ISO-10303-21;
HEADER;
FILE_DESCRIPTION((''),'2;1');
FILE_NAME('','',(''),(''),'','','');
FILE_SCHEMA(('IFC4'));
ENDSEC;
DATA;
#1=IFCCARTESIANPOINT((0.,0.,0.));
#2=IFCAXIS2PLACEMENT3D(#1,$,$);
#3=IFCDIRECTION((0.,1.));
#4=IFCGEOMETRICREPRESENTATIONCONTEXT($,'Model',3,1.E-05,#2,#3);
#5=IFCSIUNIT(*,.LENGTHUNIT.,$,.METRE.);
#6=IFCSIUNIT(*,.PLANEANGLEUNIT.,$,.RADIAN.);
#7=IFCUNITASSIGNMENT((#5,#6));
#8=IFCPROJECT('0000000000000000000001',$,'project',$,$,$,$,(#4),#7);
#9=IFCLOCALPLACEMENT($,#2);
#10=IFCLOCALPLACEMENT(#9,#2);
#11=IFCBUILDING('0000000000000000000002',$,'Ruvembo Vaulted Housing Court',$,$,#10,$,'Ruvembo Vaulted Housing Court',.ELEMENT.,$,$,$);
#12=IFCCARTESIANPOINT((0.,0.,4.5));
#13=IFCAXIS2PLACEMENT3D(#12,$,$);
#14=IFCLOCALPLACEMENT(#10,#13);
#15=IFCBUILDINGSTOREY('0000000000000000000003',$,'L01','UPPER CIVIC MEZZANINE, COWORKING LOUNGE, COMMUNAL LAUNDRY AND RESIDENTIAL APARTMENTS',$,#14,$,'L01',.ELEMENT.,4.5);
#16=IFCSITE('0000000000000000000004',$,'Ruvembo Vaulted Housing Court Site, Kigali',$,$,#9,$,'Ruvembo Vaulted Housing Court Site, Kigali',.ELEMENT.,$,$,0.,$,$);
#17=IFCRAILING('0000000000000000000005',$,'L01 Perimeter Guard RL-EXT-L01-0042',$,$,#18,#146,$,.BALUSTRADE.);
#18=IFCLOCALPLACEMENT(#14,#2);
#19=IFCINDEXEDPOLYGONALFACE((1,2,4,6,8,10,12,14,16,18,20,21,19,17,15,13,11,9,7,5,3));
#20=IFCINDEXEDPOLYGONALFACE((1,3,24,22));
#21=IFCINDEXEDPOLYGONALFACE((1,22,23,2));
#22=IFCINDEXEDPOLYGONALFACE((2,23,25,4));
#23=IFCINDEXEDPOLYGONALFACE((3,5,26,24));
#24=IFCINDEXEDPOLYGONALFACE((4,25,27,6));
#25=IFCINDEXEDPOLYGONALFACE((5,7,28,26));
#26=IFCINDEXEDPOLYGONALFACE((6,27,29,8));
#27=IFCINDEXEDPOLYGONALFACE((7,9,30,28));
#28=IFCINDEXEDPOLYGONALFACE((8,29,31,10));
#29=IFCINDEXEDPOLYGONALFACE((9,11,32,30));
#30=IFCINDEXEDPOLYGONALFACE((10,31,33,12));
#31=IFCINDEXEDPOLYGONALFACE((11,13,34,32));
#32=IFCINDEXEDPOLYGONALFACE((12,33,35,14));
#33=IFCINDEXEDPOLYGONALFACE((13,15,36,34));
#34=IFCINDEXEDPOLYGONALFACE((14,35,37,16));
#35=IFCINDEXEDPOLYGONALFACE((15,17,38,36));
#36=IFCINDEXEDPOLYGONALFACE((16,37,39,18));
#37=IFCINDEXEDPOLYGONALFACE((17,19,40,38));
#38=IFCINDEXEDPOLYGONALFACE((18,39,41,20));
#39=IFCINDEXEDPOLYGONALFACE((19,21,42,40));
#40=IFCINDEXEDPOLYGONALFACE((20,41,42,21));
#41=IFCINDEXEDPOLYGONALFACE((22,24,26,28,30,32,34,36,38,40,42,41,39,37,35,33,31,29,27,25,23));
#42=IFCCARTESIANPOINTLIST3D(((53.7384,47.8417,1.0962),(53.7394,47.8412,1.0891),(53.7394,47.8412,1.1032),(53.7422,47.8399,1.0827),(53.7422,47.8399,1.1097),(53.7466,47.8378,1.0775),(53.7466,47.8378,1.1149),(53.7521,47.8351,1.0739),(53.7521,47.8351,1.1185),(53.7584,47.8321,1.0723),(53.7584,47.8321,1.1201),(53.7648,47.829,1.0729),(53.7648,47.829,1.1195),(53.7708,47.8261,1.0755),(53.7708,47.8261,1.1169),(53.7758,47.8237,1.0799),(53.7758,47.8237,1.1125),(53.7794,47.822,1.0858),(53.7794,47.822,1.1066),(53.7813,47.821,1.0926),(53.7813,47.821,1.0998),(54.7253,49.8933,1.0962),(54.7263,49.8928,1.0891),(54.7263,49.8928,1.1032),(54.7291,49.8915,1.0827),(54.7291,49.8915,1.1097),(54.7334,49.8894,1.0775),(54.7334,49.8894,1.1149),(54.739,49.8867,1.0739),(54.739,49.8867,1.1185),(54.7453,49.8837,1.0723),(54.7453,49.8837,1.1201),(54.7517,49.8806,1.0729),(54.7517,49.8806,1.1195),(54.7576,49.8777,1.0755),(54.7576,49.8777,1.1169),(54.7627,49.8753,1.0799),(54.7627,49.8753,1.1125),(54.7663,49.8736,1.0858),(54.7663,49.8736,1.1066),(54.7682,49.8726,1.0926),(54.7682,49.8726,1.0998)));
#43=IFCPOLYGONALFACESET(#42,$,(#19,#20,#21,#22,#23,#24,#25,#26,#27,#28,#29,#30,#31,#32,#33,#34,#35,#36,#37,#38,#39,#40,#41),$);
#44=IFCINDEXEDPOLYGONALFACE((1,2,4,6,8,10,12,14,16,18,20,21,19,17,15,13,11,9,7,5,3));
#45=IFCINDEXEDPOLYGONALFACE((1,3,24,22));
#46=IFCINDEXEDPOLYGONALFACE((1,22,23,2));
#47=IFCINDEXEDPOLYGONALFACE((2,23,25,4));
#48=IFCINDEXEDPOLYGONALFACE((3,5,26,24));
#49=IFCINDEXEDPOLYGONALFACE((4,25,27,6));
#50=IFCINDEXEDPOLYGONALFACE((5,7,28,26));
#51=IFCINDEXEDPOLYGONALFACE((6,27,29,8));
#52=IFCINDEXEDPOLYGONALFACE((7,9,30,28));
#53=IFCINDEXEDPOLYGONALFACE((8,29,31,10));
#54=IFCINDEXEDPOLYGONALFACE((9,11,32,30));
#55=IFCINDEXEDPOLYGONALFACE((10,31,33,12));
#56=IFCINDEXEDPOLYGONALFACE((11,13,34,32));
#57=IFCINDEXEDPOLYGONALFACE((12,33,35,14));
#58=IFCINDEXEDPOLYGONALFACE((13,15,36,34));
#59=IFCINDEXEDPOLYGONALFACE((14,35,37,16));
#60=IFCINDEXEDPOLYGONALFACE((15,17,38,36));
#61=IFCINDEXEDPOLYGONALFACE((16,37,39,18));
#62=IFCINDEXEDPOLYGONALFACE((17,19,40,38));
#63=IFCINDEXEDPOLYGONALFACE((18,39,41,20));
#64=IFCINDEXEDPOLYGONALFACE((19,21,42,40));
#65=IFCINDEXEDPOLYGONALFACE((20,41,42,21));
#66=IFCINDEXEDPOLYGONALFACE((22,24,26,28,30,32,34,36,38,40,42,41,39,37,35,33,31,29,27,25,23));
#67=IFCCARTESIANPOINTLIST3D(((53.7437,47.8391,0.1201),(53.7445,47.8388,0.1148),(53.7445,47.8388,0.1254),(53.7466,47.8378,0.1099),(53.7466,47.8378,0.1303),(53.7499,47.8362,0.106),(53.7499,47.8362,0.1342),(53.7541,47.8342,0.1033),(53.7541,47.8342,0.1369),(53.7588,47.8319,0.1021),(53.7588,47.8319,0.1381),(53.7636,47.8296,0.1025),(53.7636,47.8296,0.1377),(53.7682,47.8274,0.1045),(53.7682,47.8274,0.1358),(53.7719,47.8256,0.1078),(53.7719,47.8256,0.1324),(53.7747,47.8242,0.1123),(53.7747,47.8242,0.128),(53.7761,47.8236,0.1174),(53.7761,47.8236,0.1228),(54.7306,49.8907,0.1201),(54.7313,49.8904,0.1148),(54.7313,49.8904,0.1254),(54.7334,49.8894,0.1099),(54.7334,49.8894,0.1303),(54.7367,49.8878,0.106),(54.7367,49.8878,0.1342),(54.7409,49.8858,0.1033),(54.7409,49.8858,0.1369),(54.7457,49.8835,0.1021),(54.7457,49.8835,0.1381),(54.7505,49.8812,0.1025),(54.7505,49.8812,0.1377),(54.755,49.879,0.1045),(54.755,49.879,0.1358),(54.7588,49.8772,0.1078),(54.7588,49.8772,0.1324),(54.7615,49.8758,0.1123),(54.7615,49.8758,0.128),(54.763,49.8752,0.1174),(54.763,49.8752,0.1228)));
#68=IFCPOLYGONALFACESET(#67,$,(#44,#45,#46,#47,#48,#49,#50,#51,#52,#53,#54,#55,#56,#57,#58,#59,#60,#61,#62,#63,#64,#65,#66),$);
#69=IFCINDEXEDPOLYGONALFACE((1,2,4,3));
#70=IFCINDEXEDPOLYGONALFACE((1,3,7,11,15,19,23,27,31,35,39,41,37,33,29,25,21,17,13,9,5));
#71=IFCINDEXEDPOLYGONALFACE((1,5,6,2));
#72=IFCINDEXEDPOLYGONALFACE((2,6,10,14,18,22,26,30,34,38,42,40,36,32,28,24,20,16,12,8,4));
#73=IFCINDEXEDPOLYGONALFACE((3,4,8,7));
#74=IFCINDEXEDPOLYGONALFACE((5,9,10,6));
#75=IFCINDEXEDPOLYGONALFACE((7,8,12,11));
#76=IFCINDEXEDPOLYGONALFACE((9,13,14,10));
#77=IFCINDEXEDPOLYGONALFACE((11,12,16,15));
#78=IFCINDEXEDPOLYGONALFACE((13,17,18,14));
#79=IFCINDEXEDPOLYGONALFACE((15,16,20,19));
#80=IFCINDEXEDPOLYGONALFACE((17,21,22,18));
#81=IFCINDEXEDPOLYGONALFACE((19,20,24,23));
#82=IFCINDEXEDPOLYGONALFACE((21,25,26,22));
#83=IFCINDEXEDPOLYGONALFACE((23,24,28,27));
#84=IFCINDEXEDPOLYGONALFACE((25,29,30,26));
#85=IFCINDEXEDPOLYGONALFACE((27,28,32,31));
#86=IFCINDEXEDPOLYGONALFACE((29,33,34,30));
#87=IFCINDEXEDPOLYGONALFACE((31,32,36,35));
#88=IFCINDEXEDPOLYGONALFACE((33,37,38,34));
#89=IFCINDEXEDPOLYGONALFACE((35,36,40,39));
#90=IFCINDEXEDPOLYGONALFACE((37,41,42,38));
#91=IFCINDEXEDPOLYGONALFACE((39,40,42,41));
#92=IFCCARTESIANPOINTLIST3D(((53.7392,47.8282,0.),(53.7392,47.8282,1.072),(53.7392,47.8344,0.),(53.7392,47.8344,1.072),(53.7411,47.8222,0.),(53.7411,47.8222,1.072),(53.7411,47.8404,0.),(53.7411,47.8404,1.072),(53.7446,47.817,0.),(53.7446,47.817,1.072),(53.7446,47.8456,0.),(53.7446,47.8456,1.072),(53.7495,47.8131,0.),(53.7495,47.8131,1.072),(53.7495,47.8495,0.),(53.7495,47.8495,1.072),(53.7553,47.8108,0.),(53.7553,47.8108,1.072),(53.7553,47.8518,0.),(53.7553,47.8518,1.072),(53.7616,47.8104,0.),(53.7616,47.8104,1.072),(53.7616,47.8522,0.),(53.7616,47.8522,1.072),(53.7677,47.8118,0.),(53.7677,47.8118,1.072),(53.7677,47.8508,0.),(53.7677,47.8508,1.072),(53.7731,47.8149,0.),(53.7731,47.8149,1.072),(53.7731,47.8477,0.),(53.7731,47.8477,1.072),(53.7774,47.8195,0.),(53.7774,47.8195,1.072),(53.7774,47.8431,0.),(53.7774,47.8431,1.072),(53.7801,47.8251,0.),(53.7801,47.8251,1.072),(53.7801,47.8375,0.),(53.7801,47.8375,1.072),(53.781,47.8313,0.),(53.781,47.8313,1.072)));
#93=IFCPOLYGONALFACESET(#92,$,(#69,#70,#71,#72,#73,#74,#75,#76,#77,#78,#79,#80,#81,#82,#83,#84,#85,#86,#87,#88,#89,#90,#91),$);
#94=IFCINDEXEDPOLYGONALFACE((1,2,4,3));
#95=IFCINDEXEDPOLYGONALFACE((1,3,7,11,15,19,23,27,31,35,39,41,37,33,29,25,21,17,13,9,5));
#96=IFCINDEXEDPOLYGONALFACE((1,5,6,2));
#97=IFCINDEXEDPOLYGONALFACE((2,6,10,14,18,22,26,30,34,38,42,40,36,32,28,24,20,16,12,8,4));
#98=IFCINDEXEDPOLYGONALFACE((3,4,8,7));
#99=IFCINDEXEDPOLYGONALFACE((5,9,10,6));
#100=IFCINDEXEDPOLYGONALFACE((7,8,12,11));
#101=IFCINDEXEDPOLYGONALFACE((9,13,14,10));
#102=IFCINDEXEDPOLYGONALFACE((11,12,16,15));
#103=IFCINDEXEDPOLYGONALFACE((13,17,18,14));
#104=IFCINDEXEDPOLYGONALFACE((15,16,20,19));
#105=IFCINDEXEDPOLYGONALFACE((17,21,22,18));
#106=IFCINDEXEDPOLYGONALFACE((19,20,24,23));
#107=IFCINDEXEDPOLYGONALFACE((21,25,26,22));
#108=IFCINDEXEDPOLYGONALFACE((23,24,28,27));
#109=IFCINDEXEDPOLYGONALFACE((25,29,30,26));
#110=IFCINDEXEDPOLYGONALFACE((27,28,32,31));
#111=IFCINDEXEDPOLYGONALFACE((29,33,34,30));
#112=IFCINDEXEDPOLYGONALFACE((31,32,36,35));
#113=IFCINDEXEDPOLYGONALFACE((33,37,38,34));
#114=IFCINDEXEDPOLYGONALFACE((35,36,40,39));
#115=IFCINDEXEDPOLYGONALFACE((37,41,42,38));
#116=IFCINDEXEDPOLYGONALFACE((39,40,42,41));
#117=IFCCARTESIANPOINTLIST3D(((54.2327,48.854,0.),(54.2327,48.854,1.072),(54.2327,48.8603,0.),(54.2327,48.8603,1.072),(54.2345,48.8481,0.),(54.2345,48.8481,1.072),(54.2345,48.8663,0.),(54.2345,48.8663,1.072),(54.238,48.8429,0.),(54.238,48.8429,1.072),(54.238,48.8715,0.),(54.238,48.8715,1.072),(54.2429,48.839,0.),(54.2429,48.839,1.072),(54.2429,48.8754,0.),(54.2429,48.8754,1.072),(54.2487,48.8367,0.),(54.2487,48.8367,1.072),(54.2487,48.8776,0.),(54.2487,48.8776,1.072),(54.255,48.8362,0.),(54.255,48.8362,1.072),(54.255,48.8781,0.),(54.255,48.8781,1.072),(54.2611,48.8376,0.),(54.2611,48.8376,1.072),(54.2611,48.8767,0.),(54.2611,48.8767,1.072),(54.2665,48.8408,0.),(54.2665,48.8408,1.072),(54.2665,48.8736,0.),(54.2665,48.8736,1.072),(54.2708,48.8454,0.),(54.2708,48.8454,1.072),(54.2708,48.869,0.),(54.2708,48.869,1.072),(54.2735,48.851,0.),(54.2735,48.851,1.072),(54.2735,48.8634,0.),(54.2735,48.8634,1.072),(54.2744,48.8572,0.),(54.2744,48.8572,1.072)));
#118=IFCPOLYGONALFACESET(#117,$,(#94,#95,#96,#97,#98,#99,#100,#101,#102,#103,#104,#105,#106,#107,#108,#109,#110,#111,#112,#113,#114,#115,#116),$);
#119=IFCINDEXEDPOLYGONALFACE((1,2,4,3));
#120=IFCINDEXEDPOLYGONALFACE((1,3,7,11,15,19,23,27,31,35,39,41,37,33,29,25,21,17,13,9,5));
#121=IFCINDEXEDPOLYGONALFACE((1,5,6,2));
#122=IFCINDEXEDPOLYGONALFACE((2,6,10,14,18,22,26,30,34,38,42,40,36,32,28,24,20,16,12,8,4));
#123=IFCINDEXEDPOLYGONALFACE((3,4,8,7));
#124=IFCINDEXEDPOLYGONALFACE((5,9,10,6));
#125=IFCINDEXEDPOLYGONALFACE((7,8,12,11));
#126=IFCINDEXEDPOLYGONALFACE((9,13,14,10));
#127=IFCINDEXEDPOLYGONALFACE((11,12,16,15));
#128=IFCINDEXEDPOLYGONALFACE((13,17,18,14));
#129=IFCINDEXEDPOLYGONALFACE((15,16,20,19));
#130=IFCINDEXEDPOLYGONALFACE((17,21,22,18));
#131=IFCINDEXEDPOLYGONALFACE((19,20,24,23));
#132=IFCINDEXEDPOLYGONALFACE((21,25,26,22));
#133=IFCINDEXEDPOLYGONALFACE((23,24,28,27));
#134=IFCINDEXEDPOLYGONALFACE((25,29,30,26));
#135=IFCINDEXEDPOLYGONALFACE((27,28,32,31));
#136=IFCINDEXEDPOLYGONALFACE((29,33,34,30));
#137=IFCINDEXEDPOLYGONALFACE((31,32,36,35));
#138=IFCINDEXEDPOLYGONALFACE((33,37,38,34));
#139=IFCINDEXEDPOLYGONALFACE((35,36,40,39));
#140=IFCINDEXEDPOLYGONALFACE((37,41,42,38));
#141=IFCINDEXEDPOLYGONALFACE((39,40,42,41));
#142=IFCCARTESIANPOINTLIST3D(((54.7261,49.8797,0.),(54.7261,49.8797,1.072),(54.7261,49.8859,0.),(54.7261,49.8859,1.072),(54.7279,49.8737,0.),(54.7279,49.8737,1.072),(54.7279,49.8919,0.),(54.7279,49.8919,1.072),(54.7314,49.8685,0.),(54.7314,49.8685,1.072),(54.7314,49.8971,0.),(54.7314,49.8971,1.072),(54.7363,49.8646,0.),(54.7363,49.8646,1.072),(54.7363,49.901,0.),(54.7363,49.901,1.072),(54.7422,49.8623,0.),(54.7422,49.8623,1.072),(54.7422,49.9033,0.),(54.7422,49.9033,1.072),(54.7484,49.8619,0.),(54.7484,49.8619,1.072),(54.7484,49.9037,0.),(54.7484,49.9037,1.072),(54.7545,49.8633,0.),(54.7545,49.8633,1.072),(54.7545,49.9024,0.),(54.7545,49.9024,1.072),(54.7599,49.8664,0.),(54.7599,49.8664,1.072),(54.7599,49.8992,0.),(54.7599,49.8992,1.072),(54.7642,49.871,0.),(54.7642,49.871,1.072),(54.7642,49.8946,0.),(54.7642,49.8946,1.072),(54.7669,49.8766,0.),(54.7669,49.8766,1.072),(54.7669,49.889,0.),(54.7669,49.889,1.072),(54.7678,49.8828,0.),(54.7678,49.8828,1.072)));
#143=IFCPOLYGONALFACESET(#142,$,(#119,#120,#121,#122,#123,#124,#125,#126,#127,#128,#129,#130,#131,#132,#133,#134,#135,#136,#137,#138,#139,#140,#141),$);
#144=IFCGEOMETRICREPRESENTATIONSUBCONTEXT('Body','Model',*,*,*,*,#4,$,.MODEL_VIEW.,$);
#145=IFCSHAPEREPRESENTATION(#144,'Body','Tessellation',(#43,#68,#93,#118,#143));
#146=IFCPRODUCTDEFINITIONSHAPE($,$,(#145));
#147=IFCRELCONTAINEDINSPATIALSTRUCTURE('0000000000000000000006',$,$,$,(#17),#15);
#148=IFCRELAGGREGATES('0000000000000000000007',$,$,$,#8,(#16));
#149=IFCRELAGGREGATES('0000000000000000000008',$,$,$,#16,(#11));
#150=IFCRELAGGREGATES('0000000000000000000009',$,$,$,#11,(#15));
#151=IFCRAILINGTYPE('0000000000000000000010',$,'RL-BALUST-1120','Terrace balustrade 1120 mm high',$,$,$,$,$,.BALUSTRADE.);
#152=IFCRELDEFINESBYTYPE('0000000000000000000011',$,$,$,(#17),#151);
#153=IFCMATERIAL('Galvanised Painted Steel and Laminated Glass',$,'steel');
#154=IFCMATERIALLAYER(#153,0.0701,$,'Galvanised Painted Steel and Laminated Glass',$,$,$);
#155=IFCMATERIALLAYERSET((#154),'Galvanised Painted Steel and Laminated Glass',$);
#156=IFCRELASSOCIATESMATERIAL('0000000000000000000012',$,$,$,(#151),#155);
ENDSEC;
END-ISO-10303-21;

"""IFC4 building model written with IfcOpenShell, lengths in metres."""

from ifc_helpers import new_model, si_unit, direction, frame, origin, origin_2d, place, context, subcontext, project, spatial, circle, extrude, material, layer, layer_set, type_object, element, save


model = new_model("IFC4")

# Units and contexts
model_context = context("Model", 3, precision=1e-05, world=origin(), true_north=direction((0.0, 1.0)))
body_context = subcontext(model_context, "Body", "Model", "MODEL_VIEW")
ifc_project = project(units=[si_unit("LENGTHUNIT", "METRE"), si_unit("PLANEANGLEUNIT", "RADIAN")], contexts=[model_context])

# Site, building, storey
site_placement = place(None, origin())
site = spatial("IfcSite", under=ifc_project, at=site_placement, Name="Ruvembo Vaulted Housing Court Site, Kigali", LongName="Ruvembo Vaulted Housing Court Site, Kigali", CompositionType="ELEMENT", RefElevation=0.0)
building_placement = place(site_placement, origin())
building = spatial("IfcBuilding", under=site, at=building_placement, Name="Ruvembo Vaulted Housing Court", LongName="Ruvembo Vaulted Housing Court", CompositionType="ELEMENT")
storey_placement = place(building_placement, frame((0.0, 0.0, 4.5)))
storey = spatial("IfcBuildingStorey", under=building, at=storey_placement, Name="L01", Description="UPPER CIVIC MEZZANINE, COWORKING LOUNGE, COMMUNAL LAUNDRY AND RESIDENTIAL APARTMENTS", LongName="L01", CompositionType="ELEMENT", Elevation=4.5)

# Railing
ifc_material_1 = material(Name="Galvanised Painted Steel and Laminated Glass", Category="steel")
ifc_layer_1 = layer(ifc_material_1, 0.0701, Name="Galvanised Painted Steel and Laminated Glass")
ifc_layer_set_1 = layer_set([ifc_layer_1], Name="Galvanised Painted Steel and Laminated Glass")
railing_type = type_object("IfcRailingType", Name="RL-BALUST-1120", Description="Terrace balustrade 1120 mm high", PredefinedType="BALUSTRADE", material=ifc_layer_set_1)
railing_1_placement = place(storey_placement, frame((53.76, 47.8313, 0.0)))
element("IfcRailing", 1, at=railing_1_placement, inside=storey, type_object=railing_type, Name="L01 Perimeter Guard RL-EXT-L01-0042", PredefinedType="BALUSTRADE", context=body_context, shape_type="SweptSolid", body=[
    extrude(circle(Radius=0.0239, at=origin_2d()), frame((0.0, 0.0, 1.0962), z_axis=(0.433477, 0.901165, 0.0), x_axis=(-0.901165, 0.433477, 0.0)), (0.0, 0.0, 1.0), 2.2766),
    extrude(circle(Radius=0.0181, at=origin_2d()), frame((0.0, 0.0, 0.1201), z_axis=(0.433477, 0.901165, 0.0), x_axis=(-0.901165, 0.433477, 0.0)), (0.0, 0.0, 1.0), 2.2766),
    extrude(circle(Radius=0.021, at=origin_2d()), origin(), (0.0, 0.0, 1.0), 1.072),
    extrude(circle(Radius=0.021, at=origin_2d()), frame((0.4934, 1.0259, 0.0)), (0.0, 0.0, 1.0), 1.072),
    extrude(circle(Radius=0.021, at=origin_2d()), frame((0.9868, 2.0515, 0.0)), (0.0, 0.0, 1.0), 1.072),
])

save(model, "model.ifc")
